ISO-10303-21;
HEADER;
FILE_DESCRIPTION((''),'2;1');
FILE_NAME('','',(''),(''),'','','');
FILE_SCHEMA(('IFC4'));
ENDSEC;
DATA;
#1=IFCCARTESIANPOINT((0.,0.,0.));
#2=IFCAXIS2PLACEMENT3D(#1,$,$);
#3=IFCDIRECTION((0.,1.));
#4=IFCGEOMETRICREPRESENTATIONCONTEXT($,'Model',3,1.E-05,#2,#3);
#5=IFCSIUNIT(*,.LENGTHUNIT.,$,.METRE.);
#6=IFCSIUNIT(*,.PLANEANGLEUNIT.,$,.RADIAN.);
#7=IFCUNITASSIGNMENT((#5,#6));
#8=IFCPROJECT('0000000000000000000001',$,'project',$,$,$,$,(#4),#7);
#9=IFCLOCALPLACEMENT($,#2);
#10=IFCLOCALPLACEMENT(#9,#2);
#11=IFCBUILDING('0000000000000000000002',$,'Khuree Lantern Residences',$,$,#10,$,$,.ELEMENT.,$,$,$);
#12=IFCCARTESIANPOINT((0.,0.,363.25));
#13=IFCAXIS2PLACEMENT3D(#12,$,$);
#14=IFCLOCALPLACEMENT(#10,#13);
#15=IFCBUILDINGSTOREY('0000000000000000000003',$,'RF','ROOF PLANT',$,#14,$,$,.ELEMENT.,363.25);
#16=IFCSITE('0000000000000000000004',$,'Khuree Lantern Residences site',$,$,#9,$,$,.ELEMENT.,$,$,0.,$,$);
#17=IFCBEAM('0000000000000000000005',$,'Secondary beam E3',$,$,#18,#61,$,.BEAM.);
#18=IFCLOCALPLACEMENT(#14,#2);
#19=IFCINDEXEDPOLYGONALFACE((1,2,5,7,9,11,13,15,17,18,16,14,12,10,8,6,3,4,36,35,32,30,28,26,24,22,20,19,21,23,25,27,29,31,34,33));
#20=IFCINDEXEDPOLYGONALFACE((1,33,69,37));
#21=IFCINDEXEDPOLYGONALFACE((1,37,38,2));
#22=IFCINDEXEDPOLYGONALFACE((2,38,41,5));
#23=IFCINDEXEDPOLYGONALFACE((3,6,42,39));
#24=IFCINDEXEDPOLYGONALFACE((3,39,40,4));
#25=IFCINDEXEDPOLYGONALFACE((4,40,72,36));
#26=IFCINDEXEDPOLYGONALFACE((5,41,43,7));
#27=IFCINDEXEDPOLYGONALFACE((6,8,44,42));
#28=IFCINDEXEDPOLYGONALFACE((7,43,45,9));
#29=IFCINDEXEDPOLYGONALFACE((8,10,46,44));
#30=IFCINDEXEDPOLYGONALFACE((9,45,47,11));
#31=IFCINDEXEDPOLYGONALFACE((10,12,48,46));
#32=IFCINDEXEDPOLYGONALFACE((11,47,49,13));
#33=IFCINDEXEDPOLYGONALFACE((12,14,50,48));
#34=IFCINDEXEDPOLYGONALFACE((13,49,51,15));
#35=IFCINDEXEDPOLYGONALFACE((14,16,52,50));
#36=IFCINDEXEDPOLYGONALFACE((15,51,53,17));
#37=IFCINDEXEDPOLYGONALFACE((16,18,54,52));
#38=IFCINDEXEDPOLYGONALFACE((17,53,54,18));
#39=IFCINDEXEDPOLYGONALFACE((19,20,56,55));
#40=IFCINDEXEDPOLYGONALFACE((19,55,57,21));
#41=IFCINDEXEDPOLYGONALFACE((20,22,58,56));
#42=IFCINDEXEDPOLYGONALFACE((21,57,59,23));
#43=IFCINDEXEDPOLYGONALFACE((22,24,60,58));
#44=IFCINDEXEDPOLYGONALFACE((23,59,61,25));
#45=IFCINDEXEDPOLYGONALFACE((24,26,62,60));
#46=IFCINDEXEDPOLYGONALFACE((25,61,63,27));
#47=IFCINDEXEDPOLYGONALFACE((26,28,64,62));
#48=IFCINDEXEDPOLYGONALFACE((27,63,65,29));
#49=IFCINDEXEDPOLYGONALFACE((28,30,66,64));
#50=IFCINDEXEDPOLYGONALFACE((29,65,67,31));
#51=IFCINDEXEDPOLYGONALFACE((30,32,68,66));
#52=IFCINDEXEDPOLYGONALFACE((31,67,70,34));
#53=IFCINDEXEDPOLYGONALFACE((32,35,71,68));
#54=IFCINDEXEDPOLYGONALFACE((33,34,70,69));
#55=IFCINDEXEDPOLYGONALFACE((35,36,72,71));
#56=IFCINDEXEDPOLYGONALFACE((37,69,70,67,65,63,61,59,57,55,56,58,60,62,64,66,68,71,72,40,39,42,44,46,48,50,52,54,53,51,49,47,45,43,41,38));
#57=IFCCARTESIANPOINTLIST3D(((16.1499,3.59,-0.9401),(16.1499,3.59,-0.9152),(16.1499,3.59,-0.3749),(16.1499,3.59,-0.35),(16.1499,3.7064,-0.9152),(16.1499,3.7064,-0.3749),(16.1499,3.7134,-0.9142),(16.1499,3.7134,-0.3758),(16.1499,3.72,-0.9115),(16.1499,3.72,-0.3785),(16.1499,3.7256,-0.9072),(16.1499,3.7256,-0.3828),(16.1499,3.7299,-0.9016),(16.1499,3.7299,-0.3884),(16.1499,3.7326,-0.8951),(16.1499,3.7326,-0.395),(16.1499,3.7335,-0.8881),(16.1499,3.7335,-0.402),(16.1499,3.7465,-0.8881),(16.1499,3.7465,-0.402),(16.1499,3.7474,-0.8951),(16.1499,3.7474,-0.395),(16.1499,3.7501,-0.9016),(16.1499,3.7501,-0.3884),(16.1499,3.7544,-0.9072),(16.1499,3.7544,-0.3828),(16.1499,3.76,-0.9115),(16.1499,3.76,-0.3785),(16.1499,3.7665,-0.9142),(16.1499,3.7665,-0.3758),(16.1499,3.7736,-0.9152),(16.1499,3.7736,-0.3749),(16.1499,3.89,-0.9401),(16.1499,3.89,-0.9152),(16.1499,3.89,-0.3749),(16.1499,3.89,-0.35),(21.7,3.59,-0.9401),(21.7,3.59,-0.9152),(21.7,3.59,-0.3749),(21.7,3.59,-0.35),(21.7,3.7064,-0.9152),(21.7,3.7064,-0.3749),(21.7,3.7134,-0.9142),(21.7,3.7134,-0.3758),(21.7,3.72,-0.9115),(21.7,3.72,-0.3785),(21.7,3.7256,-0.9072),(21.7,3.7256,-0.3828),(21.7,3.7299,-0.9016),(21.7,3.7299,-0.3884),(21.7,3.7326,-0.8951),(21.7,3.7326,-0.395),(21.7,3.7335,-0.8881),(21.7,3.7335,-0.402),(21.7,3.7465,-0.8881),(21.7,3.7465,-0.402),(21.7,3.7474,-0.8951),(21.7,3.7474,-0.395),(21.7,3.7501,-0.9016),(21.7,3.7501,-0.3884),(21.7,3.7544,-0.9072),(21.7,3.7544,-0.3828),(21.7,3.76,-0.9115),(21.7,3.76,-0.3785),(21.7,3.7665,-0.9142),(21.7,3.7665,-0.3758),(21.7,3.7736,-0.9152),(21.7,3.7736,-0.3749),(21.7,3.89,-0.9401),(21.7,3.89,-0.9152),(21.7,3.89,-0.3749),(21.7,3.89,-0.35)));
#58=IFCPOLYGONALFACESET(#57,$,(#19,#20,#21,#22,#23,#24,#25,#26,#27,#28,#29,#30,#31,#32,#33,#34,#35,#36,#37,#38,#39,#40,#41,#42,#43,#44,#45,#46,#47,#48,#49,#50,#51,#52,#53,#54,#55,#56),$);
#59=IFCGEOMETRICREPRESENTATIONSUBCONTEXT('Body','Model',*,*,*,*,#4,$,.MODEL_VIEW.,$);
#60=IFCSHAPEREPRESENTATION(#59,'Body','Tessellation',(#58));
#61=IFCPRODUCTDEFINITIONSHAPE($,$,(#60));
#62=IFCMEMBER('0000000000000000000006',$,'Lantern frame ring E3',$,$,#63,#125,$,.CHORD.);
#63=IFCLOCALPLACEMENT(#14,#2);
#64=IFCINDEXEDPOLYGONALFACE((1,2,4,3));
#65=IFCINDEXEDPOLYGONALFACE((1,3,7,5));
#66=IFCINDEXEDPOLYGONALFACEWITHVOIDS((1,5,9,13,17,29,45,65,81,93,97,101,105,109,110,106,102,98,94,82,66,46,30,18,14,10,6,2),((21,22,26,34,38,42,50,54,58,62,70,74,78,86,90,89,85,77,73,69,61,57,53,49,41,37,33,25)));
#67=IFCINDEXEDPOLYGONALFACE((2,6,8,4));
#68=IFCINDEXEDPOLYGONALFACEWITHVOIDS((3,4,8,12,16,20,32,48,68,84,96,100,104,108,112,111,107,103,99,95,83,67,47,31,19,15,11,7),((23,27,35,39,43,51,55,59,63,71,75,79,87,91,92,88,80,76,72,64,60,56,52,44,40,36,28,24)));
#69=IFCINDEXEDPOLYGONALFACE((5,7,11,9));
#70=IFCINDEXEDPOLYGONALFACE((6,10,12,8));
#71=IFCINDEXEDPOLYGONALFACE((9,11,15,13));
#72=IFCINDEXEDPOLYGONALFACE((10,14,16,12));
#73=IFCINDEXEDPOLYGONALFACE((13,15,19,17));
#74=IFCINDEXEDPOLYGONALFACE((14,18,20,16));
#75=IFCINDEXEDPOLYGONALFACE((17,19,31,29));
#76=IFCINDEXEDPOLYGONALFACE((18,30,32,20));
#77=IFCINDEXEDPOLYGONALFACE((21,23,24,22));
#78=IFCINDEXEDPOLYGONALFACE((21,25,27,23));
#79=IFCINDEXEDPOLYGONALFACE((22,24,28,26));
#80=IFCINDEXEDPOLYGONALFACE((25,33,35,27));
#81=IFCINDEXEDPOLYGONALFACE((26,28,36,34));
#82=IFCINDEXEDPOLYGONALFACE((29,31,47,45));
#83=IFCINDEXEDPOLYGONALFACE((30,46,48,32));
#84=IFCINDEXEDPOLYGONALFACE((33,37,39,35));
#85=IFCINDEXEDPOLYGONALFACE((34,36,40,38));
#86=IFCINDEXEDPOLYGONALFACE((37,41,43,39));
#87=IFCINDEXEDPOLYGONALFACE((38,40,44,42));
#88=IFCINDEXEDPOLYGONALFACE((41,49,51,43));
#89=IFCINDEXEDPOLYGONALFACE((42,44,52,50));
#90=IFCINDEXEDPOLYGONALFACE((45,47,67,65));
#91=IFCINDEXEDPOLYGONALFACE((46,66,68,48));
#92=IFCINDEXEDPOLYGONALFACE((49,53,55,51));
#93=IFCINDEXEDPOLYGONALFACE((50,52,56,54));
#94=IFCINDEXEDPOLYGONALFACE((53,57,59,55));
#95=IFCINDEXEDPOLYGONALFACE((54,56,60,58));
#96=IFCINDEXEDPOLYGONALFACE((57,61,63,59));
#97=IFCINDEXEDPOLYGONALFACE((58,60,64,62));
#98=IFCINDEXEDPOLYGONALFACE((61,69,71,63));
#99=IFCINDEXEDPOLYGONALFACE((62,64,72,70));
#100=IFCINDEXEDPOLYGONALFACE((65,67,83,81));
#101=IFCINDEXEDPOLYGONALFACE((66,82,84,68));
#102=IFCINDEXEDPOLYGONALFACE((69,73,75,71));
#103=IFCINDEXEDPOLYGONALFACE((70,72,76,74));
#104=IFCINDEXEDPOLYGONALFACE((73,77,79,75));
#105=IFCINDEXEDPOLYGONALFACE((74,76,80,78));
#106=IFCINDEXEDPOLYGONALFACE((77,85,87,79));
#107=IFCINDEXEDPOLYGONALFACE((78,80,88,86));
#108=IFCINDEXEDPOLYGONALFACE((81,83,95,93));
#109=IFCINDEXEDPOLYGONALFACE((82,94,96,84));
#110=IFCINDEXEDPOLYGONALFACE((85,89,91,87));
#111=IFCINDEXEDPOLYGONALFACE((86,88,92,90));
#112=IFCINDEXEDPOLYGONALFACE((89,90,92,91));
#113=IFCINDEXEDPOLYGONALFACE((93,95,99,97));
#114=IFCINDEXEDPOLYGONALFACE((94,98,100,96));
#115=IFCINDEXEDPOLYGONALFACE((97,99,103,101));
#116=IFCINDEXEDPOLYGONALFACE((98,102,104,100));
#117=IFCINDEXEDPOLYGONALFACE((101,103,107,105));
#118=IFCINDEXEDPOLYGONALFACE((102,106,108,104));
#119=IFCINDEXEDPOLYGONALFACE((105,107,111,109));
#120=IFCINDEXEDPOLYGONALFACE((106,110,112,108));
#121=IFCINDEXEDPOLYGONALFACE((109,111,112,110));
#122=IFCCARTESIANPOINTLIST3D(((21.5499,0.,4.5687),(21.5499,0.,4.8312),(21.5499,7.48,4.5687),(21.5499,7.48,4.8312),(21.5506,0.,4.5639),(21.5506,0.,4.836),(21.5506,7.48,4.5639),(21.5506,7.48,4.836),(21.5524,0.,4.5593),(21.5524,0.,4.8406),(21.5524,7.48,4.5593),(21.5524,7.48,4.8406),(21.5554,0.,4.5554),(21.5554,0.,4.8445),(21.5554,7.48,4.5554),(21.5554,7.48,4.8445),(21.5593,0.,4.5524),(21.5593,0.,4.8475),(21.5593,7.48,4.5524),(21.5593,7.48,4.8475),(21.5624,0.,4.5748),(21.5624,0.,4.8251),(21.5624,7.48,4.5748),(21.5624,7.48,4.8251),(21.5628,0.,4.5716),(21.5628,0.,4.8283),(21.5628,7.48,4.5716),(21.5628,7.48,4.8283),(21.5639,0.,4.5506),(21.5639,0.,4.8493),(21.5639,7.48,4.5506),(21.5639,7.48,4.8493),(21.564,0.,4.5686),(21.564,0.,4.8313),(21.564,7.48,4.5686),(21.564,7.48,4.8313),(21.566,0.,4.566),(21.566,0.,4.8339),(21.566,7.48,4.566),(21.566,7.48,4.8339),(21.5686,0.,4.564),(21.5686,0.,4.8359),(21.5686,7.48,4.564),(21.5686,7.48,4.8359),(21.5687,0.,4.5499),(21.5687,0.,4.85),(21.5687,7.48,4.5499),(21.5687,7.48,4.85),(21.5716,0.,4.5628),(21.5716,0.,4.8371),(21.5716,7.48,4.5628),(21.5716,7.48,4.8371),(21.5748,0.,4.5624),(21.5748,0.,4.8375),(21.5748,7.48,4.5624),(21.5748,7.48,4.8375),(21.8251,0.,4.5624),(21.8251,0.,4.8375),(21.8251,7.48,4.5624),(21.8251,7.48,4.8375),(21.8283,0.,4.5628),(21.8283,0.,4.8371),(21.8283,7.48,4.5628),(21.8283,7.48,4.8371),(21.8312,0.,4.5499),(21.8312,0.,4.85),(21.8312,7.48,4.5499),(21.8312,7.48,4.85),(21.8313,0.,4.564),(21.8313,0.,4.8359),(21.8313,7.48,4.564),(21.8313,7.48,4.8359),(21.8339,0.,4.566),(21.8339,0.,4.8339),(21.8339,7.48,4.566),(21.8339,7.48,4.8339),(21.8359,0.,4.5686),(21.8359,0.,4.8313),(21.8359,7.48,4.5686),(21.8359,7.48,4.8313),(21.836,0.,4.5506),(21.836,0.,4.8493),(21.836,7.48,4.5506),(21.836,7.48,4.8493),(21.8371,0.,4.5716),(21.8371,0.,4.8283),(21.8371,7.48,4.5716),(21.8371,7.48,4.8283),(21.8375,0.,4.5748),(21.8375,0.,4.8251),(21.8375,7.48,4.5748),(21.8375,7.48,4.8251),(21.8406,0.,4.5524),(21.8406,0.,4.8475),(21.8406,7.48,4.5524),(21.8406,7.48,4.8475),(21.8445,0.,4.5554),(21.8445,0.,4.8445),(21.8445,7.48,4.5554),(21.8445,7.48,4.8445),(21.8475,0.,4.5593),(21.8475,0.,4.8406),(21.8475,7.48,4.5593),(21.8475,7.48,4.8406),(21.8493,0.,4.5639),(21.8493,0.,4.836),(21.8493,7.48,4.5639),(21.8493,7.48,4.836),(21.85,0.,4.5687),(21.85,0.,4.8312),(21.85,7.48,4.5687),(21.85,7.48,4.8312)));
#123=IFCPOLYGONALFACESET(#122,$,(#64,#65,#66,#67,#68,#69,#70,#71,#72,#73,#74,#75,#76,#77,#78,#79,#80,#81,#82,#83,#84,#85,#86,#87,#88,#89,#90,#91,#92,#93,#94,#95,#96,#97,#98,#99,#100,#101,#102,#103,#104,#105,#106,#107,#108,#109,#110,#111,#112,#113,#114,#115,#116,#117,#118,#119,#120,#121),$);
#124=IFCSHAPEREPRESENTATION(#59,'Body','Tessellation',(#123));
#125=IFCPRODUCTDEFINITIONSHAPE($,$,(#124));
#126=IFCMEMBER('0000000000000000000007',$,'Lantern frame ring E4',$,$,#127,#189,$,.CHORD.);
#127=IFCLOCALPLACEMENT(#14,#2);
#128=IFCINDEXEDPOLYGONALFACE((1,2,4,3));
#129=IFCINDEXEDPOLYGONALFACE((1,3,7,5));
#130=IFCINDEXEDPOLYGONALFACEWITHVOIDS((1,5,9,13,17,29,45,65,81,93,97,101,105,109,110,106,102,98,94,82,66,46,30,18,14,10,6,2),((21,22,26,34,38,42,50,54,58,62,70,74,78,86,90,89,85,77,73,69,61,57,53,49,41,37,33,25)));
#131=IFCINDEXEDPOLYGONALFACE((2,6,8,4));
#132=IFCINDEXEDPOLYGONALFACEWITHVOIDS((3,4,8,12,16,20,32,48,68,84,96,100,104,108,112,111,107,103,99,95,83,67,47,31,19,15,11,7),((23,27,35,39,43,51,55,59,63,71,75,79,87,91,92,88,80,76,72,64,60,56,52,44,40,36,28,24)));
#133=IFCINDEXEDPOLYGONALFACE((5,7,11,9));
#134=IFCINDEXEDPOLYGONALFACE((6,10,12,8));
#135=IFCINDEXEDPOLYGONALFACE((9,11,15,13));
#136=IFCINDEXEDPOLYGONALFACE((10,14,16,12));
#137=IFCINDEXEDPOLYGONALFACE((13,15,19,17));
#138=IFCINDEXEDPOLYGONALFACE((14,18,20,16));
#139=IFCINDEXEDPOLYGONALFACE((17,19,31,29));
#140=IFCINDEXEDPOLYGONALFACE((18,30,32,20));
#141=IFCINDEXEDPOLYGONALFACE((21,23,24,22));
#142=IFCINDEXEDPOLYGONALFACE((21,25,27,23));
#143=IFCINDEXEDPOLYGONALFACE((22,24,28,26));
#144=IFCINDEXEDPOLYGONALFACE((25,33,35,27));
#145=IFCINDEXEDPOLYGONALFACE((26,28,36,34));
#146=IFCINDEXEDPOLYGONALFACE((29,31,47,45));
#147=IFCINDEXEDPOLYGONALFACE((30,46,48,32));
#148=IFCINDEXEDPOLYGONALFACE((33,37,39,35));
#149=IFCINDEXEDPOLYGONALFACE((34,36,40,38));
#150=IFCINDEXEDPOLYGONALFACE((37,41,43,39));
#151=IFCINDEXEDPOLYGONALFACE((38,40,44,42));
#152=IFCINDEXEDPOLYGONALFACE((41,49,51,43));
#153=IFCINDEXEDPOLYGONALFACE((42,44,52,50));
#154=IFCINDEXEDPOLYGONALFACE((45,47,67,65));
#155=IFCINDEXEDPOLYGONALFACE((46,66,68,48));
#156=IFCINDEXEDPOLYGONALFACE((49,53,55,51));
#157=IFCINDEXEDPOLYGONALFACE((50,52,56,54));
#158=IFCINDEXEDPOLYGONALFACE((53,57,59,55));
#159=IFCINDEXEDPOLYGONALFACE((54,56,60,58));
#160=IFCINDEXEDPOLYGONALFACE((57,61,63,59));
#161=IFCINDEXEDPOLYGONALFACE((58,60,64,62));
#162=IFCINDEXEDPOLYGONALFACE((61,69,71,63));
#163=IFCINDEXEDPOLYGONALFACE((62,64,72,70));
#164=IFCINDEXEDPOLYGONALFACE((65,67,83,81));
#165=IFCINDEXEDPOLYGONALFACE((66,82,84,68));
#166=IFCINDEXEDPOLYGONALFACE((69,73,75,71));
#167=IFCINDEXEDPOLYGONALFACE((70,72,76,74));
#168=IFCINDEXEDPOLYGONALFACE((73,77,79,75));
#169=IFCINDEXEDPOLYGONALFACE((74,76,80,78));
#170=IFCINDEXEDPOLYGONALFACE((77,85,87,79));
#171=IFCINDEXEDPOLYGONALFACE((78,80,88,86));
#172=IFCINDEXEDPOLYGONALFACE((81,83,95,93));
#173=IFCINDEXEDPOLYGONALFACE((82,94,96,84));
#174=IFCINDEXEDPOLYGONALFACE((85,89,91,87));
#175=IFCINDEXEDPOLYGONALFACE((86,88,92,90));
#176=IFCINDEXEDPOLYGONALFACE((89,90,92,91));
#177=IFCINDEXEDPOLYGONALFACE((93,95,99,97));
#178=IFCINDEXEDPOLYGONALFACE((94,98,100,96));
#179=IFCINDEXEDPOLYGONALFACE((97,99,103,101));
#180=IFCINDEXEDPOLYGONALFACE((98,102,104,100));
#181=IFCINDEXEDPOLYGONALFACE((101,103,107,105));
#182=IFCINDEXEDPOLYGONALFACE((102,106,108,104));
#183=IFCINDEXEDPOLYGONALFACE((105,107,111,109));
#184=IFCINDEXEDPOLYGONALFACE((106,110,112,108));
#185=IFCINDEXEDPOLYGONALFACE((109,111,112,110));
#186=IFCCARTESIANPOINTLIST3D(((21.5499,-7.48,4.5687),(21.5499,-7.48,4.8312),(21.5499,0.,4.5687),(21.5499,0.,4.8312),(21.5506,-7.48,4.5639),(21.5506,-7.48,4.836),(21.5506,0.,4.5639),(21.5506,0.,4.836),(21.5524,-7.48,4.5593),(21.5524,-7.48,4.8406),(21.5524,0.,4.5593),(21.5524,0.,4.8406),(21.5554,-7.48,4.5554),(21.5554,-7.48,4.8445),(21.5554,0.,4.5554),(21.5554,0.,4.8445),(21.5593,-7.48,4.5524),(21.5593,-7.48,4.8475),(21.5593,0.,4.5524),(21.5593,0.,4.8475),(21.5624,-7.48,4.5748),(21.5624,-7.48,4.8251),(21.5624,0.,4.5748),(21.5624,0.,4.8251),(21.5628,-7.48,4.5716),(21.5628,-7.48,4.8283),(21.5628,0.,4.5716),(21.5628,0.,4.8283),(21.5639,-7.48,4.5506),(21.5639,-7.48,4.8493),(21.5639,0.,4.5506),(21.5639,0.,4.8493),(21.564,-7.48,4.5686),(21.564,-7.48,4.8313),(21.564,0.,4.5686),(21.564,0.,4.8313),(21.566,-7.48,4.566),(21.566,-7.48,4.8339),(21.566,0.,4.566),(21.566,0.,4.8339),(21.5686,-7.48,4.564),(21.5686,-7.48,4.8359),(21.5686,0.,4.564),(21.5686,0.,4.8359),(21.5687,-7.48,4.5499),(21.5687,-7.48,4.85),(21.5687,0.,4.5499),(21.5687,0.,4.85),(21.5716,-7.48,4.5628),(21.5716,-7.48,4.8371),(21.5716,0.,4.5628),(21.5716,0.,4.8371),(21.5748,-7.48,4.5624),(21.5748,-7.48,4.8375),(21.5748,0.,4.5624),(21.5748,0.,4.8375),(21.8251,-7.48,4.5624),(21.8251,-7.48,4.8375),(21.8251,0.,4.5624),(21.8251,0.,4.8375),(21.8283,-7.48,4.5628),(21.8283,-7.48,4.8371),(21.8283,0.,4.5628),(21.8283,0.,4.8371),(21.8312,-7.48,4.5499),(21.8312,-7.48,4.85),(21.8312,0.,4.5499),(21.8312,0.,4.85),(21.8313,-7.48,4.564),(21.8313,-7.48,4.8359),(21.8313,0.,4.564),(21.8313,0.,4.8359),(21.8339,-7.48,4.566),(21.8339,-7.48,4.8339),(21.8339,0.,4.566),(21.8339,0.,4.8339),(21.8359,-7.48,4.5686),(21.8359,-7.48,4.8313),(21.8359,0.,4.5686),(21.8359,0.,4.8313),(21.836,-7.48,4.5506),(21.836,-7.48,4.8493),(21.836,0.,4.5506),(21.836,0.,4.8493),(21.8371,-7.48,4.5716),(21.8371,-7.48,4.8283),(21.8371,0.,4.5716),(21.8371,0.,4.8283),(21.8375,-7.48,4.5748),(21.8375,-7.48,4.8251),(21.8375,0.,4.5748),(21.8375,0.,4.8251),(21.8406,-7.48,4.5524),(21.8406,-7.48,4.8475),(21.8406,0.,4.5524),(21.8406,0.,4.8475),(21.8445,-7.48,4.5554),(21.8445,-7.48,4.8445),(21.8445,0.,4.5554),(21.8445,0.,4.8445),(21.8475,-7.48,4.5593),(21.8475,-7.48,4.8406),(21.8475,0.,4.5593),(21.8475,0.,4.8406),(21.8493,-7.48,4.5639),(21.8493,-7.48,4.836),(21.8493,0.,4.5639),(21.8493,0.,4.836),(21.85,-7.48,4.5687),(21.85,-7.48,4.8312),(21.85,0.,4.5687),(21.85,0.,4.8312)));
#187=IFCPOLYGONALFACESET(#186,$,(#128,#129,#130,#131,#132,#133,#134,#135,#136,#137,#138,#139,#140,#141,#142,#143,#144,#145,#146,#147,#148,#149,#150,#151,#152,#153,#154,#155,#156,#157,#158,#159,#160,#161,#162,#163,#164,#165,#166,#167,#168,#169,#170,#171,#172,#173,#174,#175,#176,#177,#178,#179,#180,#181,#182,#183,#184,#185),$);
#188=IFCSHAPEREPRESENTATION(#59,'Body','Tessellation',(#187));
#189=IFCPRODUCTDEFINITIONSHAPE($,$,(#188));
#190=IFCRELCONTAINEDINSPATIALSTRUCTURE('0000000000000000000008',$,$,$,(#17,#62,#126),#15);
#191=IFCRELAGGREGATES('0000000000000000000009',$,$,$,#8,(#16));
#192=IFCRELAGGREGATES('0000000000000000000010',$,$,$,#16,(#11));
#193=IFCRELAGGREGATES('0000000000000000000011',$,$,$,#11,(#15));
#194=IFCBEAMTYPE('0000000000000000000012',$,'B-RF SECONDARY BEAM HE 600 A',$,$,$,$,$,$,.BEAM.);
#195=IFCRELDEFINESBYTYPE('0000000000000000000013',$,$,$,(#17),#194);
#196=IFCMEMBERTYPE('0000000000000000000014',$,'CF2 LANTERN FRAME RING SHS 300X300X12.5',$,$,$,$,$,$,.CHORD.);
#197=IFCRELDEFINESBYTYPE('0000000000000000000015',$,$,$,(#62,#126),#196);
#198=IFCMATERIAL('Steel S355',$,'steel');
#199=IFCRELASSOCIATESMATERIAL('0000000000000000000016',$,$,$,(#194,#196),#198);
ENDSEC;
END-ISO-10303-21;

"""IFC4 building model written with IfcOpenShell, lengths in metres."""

from ifc_helpers import new_model, si_unit, direction, frame, origin, origin_2d, place, context, subcontext, project, spatial, hollow_rectangle, i_section, extrude, material, material_profile, profile_set, type_object, element, save


model = new_model("IFC4")

# Units and contexts
model_context = context("Model", 3, precision=1e-05, world=origin(), true_north=direction((0.0, 1.0)))
body_context = subcontext(model_context, "Body", "Model", "MODEL_VIEW")
ifc_project = project(units=[si_unit("LENGTHUNIT", "METRE"), si_unit("PLANEANGLEUNIT", "RADIAN")], contexts=[model_context])

# Site, building, storey
site_placement = place(None, origin())
site = spatial("IfcSite", under=ifc_project, at=site_placement, Name="Khuree Lantern Residences site", CompositionType="ELEMENT", RefElevation=0.0)
building_placement = place(site_placement, origin())
building = spatial("IfcBuilding", under=site, at=building_placement, Name="Khuree Lantern Residences", CompositionType="ELEMENT")
storey_placement = place(building_placement, frame((0.0, 0.0, 363.25)))
storey = spatial("IfcBuildingStorey", under=building, at=storey_placement, Name="RF", Description="ROOF PLANT", CompositionType="ELEMENT", Elevation=363.25)

# Shared definitions
ifc_material_1 = material(Name="Steel S355", Category="steel")

# Beam
ifc_material_profile_1 = material_profile(ifc_material_1, i_section(OverallWidth=0.3, OverallDepth=0.5901, WebThickness=0.0129, FlangeThickness=0.0249, FilletRadius=0.0271, at=origin_2d()), Name="HE 600 A")
ifc_profile_set_1 = profile_set([ifc_material_profile_1], Name="Steel S355")
beam_type_1 = type_object("IfcBeamType", Name="B-RF SECONDARY BEAM HE 600 A", PredefinedType="BEAM", material=ifc_profile_set_1)
for number, where, z_axis, x_axis, name in (
    (1, (21.7, 3.74, -0.645), (-1.0, 0.0, 0.0), (0.0, -1.0, 0.0), "Secondary beam E3"),
):
    element("IfcBeam", number, at=place(storey_placement, frame(where, z_axis=z_axis, x_axis=x_axis)), inside=storey, type_object=beam_type_1, Name=name, PredefinedType="BEAM", context=body_context, shape_type="SweptSolid", body=[
        extrude(i_section(OverallWidth=0.3, OverallDepth=0.5901, WebThickness=0.0129, FlangeThickness=0.0249, FilletRadius=0.0271, at=origin_2d()), origin(), (0.0, 0.0, 1.0), 5.55),
    ])

# Members
ifc_material_profile_2 = material_profile(ifc_material_1, hollow_rectangle(XDim=0.3, YDim=0.3, WallThickness=0.0125, InnerFilletRadius=0.0125, OuterFilletRadius=0.0188, at=origin_2d()), Name="SHS 300X300X12.5")
ifc_profile_set_2 = profile_set([ifc_material_profile_2], Name="Steel S355")
member_type_1 = type_object("IfcMemberType", Name="CF2 LANTERN FRAME RING SHS 300X300X12.5", PredefinedType="CHORD", material=ifc_profile_set_2)
for number, where, z_axis, x_axis, name in (
    (2, (21.7, 7.48, 4.7), (0.0, -1.0, 0.0), (1.0, 0.0, 0.0), "Lantern frame ring E3"),
    (3, (21.7, 0.0, 4.7), (0.0, -1.0, 0.0), (1.0, 0.0, 0.0), "Lantern frame ring E4"),
):
    element("IfcMember", number, at=place(storey_placement, frame(where, z_axis=z_axis, x_axis=x_axis)), inside=storey, type_object=member_type_1, Name=name, PredefinedType="CHORD", context=body_context, shape_type="SweptSolid", body=[
        extrude(hollow_rectangle(XDim=0.3, YDim=0.3, WallThickness=0.0125, InnerFilletRadius=0.0125, OuterFilletRadius=0.0188, at=origin_2d()), origin(), (0.0, 0.0, 1.0), 7.48),
    ])

save(model, "model.ifc")
